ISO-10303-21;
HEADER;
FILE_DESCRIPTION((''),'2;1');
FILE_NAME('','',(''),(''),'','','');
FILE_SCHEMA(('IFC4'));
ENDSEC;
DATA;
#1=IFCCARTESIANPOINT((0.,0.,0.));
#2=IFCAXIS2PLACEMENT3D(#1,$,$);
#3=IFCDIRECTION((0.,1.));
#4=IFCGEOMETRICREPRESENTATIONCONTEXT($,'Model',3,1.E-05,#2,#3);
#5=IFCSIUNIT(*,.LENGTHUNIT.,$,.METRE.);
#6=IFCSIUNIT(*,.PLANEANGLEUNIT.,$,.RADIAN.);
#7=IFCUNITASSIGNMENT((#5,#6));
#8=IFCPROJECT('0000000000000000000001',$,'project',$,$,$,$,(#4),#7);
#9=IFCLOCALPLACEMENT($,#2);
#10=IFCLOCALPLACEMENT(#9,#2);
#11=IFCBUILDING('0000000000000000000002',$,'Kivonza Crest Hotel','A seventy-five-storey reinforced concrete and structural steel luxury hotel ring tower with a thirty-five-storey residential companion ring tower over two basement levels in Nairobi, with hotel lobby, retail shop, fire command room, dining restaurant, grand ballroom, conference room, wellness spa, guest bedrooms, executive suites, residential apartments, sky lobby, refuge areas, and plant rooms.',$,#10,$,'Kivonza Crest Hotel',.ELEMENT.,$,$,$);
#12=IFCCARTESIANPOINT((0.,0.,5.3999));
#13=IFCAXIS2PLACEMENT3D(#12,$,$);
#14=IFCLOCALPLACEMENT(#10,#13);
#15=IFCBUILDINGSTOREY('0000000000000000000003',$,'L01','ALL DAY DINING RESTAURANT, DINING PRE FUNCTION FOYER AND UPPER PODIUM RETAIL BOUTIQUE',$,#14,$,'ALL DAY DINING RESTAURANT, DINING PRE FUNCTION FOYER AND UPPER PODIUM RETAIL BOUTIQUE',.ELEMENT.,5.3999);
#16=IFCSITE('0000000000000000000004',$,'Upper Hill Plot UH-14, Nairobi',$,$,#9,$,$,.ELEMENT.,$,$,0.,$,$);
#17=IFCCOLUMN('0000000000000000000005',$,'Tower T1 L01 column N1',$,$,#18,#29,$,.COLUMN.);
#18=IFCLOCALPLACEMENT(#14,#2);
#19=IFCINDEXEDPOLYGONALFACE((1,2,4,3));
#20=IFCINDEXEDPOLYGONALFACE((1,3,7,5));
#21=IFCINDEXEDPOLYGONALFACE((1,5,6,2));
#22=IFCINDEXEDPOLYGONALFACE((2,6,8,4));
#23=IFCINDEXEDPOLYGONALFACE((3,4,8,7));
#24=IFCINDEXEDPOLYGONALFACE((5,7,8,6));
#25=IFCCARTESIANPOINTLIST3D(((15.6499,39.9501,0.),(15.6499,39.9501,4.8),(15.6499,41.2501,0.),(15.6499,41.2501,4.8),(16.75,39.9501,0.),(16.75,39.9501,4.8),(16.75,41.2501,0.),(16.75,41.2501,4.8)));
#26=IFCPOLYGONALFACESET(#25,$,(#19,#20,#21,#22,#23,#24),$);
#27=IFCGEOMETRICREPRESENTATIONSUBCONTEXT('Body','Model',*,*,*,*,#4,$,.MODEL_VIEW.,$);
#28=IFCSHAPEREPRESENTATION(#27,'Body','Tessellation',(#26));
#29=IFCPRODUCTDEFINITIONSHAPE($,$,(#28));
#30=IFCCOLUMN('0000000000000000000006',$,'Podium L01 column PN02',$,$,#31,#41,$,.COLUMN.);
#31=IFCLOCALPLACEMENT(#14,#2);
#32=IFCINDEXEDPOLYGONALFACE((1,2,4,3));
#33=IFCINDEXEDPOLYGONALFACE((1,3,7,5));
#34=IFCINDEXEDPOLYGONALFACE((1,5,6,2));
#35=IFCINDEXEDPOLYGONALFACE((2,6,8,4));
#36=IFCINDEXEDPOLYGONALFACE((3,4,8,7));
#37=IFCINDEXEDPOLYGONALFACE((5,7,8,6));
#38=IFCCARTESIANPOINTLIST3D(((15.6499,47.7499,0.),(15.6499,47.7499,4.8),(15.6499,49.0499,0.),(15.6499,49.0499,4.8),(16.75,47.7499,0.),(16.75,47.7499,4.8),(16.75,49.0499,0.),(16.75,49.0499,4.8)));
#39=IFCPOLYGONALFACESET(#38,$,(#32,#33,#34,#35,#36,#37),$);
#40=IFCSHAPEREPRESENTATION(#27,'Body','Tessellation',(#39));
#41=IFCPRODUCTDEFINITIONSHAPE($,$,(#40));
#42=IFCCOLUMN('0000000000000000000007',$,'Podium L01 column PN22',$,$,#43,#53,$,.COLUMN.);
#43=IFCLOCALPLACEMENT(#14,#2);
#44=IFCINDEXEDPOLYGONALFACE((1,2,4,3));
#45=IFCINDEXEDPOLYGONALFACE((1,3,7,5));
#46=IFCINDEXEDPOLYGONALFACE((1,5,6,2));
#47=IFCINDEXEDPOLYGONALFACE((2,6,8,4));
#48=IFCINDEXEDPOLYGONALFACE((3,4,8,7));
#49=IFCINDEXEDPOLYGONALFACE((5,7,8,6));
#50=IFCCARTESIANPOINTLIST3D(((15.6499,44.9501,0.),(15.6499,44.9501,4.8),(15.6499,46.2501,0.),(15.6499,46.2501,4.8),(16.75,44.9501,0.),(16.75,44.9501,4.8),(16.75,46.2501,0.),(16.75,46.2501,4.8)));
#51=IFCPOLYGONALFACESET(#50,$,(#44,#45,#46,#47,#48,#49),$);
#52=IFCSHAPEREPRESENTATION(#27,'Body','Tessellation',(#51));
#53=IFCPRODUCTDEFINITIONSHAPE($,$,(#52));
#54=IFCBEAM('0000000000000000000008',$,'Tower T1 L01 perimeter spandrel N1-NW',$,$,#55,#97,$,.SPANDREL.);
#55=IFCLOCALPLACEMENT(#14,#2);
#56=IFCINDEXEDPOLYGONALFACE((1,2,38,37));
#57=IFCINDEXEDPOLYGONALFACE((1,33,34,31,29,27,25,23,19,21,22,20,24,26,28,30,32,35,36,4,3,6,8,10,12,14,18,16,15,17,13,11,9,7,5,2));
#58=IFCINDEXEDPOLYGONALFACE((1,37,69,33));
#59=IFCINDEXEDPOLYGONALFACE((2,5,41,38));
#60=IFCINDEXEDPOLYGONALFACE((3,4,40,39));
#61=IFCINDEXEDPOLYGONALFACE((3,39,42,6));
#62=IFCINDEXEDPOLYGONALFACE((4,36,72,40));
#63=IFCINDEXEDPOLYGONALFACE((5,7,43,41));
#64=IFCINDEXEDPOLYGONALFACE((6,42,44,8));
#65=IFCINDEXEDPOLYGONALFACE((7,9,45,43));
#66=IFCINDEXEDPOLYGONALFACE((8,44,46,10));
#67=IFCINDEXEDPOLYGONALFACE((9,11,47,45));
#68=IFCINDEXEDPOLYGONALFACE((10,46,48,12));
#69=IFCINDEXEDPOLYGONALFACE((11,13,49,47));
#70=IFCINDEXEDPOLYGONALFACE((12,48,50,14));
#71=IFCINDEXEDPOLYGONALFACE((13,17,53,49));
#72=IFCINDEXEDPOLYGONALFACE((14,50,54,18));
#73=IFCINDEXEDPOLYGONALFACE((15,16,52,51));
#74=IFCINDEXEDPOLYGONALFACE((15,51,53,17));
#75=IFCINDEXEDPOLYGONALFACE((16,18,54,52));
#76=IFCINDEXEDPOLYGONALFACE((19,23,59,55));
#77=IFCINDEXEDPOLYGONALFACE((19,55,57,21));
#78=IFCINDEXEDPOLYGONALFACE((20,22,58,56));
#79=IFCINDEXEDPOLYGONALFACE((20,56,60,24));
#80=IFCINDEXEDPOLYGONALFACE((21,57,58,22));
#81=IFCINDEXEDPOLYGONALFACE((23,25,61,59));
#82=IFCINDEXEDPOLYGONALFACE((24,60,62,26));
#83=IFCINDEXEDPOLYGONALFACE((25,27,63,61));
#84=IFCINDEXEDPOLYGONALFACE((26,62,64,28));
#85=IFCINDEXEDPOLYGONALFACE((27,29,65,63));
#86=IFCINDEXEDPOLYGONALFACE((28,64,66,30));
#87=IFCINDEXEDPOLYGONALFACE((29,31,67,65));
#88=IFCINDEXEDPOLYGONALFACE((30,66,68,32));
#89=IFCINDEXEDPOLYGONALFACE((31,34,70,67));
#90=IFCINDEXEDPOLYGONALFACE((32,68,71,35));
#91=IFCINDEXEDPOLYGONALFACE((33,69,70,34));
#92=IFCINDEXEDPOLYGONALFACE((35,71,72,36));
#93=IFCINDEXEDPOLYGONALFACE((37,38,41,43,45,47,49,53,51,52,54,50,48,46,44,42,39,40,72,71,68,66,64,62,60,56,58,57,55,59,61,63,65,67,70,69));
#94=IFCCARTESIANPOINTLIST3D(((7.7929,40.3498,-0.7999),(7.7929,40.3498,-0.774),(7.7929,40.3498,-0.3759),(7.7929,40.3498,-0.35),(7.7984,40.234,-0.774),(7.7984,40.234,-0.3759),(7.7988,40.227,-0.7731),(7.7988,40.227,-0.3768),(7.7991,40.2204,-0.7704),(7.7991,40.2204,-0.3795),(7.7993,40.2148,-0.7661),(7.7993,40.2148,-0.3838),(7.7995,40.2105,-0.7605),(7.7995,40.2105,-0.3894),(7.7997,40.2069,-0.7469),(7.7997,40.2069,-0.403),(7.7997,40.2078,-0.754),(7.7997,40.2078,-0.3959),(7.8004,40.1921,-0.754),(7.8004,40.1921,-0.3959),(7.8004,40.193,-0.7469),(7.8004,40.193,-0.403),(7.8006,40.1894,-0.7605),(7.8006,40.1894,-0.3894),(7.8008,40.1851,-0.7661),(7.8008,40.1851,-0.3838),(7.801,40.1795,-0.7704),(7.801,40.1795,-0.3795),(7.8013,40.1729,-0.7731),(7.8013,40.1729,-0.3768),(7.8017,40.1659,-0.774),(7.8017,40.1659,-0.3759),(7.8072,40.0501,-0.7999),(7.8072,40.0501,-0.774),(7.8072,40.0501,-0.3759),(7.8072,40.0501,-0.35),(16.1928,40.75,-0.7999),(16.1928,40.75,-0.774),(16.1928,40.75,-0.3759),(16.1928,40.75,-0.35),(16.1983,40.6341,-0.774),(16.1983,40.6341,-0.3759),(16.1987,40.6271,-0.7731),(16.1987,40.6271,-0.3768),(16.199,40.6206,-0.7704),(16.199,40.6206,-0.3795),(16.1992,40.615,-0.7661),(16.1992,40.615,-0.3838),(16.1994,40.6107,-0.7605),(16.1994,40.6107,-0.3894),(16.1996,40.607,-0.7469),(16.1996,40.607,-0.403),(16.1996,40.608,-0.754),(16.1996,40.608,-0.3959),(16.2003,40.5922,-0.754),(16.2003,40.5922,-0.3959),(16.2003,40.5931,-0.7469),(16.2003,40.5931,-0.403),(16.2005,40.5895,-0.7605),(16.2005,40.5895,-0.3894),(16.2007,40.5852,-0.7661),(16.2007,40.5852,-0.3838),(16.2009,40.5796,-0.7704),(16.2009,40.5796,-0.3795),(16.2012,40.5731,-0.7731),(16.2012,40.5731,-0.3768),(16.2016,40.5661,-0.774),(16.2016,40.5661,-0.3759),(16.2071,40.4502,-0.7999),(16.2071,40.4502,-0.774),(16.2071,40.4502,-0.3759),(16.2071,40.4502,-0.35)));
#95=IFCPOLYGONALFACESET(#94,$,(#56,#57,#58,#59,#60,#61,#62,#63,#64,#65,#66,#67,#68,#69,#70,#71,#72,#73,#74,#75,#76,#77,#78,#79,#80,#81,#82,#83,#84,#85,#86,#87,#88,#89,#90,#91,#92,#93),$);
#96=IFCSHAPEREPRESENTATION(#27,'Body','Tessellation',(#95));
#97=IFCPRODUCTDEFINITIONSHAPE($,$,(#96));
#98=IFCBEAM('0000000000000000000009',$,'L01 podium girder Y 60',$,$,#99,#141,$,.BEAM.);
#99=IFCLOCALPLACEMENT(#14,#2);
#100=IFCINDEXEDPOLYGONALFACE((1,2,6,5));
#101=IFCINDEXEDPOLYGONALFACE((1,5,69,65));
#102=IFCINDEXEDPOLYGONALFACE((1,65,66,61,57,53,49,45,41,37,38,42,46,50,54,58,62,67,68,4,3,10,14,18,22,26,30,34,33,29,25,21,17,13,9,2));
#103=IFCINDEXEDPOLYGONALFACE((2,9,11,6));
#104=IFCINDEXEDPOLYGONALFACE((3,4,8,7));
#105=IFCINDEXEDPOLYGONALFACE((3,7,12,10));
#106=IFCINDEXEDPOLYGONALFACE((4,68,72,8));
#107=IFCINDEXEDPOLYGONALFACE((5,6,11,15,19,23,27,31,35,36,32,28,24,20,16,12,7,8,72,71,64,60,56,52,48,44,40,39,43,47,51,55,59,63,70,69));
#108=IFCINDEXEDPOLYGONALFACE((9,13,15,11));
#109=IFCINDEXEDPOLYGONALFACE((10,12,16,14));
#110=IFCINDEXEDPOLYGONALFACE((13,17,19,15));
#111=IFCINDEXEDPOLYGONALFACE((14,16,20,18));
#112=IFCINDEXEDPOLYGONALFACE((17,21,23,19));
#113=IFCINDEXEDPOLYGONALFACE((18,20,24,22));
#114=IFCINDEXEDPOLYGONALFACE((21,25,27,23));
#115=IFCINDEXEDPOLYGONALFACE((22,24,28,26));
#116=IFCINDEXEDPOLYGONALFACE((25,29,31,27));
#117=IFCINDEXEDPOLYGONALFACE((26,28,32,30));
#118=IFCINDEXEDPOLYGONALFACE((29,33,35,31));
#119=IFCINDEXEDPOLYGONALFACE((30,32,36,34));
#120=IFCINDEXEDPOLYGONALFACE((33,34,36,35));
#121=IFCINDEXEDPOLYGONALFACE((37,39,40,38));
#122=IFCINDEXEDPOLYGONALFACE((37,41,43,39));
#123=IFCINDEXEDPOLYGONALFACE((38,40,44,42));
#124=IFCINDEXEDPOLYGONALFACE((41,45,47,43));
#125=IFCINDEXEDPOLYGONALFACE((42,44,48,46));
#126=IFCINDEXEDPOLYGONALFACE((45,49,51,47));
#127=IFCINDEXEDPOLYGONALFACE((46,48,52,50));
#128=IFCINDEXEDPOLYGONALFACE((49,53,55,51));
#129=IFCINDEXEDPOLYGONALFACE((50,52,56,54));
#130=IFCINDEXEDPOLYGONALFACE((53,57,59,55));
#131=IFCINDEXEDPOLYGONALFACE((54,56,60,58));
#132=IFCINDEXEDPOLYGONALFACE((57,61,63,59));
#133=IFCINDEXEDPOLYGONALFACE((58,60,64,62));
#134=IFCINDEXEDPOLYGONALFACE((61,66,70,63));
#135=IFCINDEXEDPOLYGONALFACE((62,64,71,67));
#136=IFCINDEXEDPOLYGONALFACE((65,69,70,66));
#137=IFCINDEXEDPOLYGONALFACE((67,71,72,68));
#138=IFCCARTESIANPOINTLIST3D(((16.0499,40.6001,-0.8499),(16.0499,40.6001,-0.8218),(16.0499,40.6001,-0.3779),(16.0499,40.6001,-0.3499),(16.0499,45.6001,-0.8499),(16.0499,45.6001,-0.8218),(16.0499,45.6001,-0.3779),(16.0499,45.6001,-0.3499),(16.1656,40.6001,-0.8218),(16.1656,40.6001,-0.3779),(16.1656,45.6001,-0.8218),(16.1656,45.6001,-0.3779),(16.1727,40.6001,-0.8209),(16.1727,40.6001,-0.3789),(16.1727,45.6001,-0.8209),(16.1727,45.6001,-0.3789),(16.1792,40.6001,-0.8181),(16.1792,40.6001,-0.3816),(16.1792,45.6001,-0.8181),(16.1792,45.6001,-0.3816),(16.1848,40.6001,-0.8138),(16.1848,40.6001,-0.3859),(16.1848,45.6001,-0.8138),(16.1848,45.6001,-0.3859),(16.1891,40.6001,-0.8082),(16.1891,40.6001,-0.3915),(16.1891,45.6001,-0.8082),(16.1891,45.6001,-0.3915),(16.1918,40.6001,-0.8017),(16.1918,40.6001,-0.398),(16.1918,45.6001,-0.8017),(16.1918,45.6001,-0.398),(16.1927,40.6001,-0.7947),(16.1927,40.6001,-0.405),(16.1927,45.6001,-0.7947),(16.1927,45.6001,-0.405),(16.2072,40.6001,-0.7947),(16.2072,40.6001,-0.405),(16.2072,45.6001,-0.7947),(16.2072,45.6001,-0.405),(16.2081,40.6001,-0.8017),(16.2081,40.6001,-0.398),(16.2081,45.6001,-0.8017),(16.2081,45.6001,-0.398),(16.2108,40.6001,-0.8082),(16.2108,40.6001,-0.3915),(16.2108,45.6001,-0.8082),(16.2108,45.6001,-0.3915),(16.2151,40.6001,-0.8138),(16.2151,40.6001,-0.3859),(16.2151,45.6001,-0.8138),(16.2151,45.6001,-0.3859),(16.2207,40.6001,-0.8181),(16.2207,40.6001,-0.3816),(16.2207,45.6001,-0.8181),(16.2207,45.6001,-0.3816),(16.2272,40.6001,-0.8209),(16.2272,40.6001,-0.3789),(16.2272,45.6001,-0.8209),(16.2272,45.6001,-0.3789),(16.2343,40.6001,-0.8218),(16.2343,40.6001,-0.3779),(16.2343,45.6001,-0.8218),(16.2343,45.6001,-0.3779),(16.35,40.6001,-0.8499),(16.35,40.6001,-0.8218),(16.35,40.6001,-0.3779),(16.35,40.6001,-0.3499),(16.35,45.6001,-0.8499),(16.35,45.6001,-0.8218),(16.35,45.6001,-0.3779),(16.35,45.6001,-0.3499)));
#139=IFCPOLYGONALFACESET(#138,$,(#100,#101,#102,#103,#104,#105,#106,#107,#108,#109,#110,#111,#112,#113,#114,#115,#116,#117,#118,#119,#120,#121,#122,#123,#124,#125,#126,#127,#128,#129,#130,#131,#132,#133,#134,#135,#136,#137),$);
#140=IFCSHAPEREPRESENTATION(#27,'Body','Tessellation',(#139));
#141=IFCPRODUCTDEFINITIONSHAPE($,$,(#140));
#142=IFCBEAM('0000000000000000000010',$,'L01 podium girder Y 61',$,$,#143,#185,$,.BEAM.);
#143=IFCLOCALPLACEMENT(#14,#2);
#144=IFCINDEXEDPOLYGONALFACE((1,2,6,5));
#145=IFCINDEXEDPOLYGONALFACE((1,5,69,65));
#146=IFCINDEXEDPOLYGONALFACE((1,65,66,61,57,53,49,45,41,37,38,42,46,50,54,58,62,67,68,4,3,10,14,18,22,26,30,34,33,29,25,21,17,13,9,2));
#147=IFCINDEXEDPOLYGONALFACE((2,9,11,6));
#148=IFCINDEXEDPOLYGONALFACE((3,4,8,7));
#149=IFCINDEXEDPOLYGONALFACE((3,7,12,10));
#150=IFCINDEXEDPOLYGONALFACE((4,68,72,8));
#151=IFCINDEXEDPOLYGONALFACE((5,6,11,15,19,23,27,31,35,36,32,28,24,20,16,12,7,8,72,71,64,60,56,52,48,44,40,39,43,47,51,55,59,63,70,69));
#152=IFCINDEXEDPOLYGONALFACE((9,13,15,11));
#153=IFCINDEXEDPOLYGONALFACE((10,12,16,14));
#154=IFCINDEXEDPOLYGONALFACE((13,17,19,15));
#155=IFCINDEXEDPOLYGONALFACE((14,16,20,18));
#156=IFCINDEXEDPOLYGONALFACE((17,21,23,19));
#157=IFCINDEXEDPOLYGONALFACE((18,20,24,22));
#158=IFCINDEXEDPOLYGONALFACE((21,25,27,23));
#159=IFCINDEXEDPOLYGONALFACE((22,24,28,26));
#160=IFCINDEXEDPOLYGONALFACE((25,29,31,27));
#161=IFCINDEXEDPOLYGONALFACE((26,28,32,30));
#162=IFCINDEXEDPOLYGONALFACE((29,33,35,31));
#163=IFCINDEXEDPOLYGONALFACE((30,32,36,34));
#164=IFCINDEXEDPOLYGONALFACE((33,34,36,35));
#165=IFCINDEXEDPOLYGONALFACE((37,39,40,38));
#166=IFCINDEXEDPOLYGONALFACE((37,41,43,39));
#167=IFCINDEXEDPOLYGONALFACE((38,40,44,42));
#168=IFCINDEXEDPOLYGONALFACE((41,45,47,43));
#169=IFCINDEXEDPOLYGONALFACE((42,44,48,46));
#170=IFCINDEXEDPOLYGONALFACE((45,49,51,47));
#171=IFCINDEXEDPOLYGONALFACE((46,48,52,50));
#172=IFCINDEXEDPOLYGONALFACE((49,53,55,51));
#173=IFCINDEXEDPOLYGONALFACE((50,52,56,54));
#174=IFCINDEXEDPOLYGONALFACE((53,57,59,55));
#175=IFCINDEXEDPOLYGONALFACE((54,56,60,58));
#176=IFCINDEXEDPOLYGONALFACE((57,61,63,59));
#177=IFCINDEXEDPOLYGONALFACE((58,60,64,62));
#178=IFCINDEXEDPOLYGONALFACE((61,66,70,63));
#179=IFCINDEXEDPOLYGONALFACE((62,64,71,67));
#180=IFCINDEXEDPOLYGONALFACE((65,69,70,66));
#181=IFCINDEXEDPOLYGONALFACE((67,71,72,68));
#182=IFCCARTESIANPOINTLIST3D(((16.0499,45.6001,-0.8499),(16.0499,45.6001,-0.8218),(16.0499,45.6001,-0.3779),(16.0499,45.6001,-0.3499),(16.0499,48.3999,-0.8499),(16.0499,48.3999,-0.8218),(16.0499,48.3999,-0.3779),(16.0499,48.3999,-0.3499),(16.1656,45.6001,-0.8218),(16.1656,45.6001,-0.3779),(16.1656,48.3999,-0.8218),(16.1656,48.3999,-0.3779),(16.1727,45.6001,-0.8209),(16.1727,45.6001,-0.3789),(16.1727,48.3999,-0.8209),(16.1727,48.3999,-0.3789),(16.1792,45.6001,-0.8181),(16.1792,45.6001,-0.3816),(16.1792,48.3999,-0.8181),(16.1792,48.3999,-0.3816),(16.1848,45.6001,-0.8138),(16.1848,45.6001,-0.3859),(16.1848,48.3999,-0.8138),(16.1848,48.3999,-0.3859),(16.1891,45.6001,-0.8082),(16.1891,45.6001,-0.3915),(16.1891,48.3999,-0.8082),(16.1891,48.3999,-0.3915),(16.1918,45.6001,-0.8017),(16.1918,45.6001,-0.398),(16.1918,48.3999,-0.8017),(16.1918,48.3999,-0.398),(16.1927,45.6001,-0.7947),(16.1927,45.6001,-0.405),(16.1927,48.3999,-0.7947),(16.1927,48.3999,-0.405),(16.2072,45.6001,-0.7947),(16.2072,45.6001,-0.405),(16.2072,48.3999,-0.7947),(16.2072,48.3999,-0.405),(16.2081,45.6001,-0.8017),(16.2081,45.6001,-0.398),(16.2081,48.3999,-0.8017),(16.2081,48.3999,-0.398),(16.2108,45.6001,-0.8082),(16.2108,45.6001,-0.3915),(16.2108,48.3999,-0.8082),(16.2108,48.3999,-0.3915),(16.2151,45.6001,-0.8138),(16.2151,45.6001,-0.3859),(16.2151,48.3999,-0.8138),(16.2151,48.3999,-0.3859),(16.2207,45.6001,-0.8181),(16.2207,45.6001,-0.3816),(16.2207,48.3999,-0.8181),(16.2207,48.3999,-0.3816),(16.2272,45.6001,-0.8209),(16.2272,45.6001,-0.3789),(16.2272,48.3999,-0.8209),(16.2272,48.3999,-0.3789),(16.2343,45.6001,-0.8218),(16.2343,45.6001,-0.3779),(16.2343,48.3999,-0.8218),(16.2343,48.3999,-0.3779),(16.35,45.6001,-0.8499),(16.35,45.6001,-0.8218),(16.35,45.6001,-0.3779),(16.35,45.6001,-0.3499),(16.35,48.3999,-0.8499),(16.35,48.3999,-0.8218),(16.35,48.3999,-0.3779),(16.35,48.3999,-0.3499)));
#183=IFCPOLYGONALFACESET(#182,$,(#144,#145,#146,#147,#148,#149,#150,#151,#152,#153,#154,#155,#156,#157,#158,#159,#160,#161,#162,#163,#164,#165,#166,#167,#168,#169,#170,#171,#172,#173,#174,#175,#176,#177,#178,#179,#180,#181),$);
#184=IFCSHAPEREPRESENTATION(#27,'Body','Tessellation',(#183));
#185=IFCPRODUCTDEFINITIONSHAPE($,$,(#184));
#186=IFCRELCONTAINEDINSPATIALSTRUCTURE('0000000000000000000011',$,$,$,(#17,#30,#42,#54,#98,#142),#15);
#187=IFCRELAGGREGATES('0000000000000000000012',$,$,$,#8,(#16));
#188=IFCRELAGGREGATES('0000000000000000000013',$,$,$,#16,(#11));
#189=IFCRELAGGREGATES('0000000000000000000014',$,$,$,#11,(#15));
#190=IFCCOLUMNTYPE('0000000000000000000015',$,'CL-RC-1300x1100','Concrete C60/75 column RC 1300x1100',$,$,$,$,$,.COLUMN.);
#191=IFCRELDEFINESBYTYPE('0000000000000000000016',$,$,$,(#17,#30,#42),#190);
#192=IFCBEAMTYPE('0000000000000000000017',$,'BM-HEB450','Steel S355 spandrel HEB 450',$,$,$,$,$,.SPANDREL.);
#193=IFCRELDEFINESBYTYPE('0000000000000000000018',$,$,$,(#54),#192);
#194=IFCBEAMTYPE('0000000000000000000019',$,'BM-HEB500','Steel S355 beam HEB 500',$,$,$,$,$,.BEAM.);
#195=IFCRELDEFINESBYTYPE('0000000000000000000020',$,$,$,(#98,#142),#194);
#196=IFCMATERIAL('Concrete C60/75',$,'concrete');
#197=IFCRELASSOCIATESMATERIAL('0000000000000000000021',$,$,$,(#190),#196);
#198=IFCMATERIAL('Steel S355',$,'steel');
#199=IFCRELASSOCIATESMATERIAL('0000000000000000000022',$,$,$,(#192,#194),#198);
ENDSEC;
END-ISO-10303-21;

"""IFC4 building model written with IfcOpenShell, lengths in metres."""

from ifc_helpers import new_model, si_unit, direction, frame, origin, origin_2d, place, context, subcontext, project, spatial, rectangle, i_section, extrude, material, material_profile, profile_set, type_object, element, save


model = new_model("IFC4")

# Units and contexts
model_context = context("Model", 3, precision=1e-05, world=origin(), true_north=direction((0.0, 1.0)))
body_context = subcontext(model_context, "Body", "Model", "MODEL_VIEW")
ifc_project = project(units=[si_unit("LENGTHUNIT", "METRE"), si_unit("PLANEANGLEUNIT", "RADIAN")], contexts=[model_context])

# Site, building, storey
site_placement = place(None, origin())
site = spatial("IfcSite", under=ifc_project, at=site_placement, Name="Upper Hill Plot UH-14, Nairobi", CompositionType="ELEMENT", RefElevation=0.0)
building_placement = place(site_placement, origin())
building = spatial("IfcBuilding", under=site, at=building_placement, Name="Kivonza Crest Hotel", Description="A seventy-five-storey reinforced concrete and structural steel luxury hotel ring tower with a thirty-five-storey residential companion ring tower over two basement levels in Nairobi, with hotel lobby, retail shop, fire command room, dining restaurant, grand ballroom, conference room, wellness spa, guest bedrooms, executive suites, residential apartments, sky lobby, refuge areas, and plant rooms.", LongName="Kivonza Crest Hotel", CompositionType="ELEMENT")
storey_placement = place(building_placement, frame((0.0, 0.0, 5.3999)))
storey = spatial("IfcBuildingStorey", under=building, at=storey_placement, Name="L01", Description="ALL DAY DINING RESTAURANT, DINING PRE FUNCTION FOYER AND UPPER PODIUM RETAIL BOUTIQUE", LongName="ALL DAY DINING RESTAURANT, DINING PRE FUNCTION FOYER AND UPPER PODIUM RETAIL BOUTIQUE", CompositionType="ELEMENT", Elevation=5.3999)

# Columns
ifc_material_1 = material(Name="Concrete C60/75", Category="concrete")
ifc_material_profile_1 = material_profile(ifc_material_1, rectangle(XDim=1.1001, YDim=1.3, at=origin_2d()), Name="RC 1300x1100")
ifc_profile_set_1 = profile_set([ifc_material_profile_1], Name="Concrete C60/75")
column_type = type_object("IfcColumnType", Name="CL-RC-1300x1100", Description="Concrete C60/75 column RC 1300x1100", PredefinedType="COLUMN", material=ifc_profile_set_1)
for number, where, z_axis, x_axis, name in (
    (1, (16.2, 40.6001, 0.0), (0.0, 0.0, 1.0), (1.0, 0.0, 0.0), "Tower T1 L01 column N1"),
    (2, (16.2, 48.3999, 0.0), (0.0, 0.0, 1.0), (1.0, 0.0, 0.0), "Podium L01 column PN02"),
    (3, (16.2, 45.6001, 0.0), (0.0, 0.0, 1.0), (1.0, 0.0, 0.0), "Podium L01 column PN22"),
):
    element("IfcColumn", number, at=place(storey_placement, frame(where, z_axis=z_axis, x_axis=x_axis)), inside=storey, type_object=column_type, Name=name, PredefinedType="COLUMN", context=body_context, shape_type="SweptSolid", body=[
        extrude(rectangle(XDim=1.1001, YDim=1.3, at=origin_2d()), origin(), (0.0, 0.0, 1.0), 4.8),
    ])

# Beams
ifc_material_2 = material(Name="Steel S355", Category="steel")
ifc_material_profile_2 = material_profile(ifc_material_2, i_section(OverallWidth=0.3, OverallDepth=0.45, WebThickness=0.0139, FlangeThickness=0.0259, FilletRadius=0.0271, at=origin_2d()), Name="HEB 450")
ifc_profile_set_2 = profile_set([ifc_material_profile_2], Name="Steel S355")
beam_type_1 = type_object("IfcBeamType", Name="BM-HEB450", Description="Steel S355 spandrel HEB 450", PredefinedType="SPANDREL", material=ifc_profile_set_2)
beam_1_placement = place(storey_placement, frame((16.2, 40.6001, -0.575), z_axis=(-0.998867, -0.047583, 0.0), x_axis=(0.047583, -0.998867, 0.0)))
element("IfcBeam", 4, at=beam_1_placement, inside=storey, type_object=beam_type_1, Name="Tower T1 L01 perimeter spandrel N1-NW", PredefinedType="SPANDREL", context=body_context, shape_type="SweptSolid", body=[
    extrude(i_section(OverallWidth=0.3, OverallDepth=0.45, WebThickness=0.0139, FlangeThickness=0.0259, FilletRadius=0.0271, at=origin_2d()), origin(), (0.0, 0.0, 1.0), 8.4094),
])
ifc_material_profile_3 = material_profile(ifc_material_2, i_section(OverallWidth=0.3, OverallDepth=0.5, WebThickness=0.0144, FlangeThickness=0.0281, FilletRadius=0.0271, at=origin_2d()), Name="HEB 500")
ifc_profile_set_3 = profile_set([ifc_material_profile_3], Name="Steel S355")
beam_type_2 = type_object("IfcBeamType", Name="BM-HEB500", Description="Steel S355 beam HEB 500", PredefinedType="BEAM", material=ifc_profile_set_3)
beam_2_placement = place(storey_placement, frame((16.2, 40.6001, -0.5999), z_axis=(0.0, 1.0, 0.0), x_axis=(-1.0, 0.0, 0.0)))
element("IfcBeam", 5, at=beam_2_placement, inside=storey, type_object=beam_type_2, Name="L01 podium girder Y 60", PredefinedType="BEAM", context=body_context, shape_type="SweptSolid", body=[
    extrude(i_section(OverallWidth=0.3, OverallDepth=0.5, WebThickness=0.0144, FlangeThickness=0.0281, FilletRadius=0.0271, at=origin_2d()), origin(), (0.0, 0.0, 1.0), 5.0),
])
beam_3_placement = place(storey_placement, frame((16.2, 45.6001, -0.5999), z_axis=(0.0, 1.0, 0.0), x_axis=(-1.0, 0.0, 0.0)))
element("IfcBeam", 6, at=beam_3_placement, inside=storey, type_object=beam_type_2, Name="L01 podium girder Y 61", PredefinedType="BEAM", context=body_context, shape_type="SweptSolid", body=[
    extrude(i_section(OverallWidth=0.3, OverallDepth=0.5, WebThickness=0.0144, FlangeThickness=0.0281, FilletRadius=0.0271, at=origin_2d()), origin(), (0.0, 0.0, 1.0), 2.7998),
])

save(model, "model.ifc")
